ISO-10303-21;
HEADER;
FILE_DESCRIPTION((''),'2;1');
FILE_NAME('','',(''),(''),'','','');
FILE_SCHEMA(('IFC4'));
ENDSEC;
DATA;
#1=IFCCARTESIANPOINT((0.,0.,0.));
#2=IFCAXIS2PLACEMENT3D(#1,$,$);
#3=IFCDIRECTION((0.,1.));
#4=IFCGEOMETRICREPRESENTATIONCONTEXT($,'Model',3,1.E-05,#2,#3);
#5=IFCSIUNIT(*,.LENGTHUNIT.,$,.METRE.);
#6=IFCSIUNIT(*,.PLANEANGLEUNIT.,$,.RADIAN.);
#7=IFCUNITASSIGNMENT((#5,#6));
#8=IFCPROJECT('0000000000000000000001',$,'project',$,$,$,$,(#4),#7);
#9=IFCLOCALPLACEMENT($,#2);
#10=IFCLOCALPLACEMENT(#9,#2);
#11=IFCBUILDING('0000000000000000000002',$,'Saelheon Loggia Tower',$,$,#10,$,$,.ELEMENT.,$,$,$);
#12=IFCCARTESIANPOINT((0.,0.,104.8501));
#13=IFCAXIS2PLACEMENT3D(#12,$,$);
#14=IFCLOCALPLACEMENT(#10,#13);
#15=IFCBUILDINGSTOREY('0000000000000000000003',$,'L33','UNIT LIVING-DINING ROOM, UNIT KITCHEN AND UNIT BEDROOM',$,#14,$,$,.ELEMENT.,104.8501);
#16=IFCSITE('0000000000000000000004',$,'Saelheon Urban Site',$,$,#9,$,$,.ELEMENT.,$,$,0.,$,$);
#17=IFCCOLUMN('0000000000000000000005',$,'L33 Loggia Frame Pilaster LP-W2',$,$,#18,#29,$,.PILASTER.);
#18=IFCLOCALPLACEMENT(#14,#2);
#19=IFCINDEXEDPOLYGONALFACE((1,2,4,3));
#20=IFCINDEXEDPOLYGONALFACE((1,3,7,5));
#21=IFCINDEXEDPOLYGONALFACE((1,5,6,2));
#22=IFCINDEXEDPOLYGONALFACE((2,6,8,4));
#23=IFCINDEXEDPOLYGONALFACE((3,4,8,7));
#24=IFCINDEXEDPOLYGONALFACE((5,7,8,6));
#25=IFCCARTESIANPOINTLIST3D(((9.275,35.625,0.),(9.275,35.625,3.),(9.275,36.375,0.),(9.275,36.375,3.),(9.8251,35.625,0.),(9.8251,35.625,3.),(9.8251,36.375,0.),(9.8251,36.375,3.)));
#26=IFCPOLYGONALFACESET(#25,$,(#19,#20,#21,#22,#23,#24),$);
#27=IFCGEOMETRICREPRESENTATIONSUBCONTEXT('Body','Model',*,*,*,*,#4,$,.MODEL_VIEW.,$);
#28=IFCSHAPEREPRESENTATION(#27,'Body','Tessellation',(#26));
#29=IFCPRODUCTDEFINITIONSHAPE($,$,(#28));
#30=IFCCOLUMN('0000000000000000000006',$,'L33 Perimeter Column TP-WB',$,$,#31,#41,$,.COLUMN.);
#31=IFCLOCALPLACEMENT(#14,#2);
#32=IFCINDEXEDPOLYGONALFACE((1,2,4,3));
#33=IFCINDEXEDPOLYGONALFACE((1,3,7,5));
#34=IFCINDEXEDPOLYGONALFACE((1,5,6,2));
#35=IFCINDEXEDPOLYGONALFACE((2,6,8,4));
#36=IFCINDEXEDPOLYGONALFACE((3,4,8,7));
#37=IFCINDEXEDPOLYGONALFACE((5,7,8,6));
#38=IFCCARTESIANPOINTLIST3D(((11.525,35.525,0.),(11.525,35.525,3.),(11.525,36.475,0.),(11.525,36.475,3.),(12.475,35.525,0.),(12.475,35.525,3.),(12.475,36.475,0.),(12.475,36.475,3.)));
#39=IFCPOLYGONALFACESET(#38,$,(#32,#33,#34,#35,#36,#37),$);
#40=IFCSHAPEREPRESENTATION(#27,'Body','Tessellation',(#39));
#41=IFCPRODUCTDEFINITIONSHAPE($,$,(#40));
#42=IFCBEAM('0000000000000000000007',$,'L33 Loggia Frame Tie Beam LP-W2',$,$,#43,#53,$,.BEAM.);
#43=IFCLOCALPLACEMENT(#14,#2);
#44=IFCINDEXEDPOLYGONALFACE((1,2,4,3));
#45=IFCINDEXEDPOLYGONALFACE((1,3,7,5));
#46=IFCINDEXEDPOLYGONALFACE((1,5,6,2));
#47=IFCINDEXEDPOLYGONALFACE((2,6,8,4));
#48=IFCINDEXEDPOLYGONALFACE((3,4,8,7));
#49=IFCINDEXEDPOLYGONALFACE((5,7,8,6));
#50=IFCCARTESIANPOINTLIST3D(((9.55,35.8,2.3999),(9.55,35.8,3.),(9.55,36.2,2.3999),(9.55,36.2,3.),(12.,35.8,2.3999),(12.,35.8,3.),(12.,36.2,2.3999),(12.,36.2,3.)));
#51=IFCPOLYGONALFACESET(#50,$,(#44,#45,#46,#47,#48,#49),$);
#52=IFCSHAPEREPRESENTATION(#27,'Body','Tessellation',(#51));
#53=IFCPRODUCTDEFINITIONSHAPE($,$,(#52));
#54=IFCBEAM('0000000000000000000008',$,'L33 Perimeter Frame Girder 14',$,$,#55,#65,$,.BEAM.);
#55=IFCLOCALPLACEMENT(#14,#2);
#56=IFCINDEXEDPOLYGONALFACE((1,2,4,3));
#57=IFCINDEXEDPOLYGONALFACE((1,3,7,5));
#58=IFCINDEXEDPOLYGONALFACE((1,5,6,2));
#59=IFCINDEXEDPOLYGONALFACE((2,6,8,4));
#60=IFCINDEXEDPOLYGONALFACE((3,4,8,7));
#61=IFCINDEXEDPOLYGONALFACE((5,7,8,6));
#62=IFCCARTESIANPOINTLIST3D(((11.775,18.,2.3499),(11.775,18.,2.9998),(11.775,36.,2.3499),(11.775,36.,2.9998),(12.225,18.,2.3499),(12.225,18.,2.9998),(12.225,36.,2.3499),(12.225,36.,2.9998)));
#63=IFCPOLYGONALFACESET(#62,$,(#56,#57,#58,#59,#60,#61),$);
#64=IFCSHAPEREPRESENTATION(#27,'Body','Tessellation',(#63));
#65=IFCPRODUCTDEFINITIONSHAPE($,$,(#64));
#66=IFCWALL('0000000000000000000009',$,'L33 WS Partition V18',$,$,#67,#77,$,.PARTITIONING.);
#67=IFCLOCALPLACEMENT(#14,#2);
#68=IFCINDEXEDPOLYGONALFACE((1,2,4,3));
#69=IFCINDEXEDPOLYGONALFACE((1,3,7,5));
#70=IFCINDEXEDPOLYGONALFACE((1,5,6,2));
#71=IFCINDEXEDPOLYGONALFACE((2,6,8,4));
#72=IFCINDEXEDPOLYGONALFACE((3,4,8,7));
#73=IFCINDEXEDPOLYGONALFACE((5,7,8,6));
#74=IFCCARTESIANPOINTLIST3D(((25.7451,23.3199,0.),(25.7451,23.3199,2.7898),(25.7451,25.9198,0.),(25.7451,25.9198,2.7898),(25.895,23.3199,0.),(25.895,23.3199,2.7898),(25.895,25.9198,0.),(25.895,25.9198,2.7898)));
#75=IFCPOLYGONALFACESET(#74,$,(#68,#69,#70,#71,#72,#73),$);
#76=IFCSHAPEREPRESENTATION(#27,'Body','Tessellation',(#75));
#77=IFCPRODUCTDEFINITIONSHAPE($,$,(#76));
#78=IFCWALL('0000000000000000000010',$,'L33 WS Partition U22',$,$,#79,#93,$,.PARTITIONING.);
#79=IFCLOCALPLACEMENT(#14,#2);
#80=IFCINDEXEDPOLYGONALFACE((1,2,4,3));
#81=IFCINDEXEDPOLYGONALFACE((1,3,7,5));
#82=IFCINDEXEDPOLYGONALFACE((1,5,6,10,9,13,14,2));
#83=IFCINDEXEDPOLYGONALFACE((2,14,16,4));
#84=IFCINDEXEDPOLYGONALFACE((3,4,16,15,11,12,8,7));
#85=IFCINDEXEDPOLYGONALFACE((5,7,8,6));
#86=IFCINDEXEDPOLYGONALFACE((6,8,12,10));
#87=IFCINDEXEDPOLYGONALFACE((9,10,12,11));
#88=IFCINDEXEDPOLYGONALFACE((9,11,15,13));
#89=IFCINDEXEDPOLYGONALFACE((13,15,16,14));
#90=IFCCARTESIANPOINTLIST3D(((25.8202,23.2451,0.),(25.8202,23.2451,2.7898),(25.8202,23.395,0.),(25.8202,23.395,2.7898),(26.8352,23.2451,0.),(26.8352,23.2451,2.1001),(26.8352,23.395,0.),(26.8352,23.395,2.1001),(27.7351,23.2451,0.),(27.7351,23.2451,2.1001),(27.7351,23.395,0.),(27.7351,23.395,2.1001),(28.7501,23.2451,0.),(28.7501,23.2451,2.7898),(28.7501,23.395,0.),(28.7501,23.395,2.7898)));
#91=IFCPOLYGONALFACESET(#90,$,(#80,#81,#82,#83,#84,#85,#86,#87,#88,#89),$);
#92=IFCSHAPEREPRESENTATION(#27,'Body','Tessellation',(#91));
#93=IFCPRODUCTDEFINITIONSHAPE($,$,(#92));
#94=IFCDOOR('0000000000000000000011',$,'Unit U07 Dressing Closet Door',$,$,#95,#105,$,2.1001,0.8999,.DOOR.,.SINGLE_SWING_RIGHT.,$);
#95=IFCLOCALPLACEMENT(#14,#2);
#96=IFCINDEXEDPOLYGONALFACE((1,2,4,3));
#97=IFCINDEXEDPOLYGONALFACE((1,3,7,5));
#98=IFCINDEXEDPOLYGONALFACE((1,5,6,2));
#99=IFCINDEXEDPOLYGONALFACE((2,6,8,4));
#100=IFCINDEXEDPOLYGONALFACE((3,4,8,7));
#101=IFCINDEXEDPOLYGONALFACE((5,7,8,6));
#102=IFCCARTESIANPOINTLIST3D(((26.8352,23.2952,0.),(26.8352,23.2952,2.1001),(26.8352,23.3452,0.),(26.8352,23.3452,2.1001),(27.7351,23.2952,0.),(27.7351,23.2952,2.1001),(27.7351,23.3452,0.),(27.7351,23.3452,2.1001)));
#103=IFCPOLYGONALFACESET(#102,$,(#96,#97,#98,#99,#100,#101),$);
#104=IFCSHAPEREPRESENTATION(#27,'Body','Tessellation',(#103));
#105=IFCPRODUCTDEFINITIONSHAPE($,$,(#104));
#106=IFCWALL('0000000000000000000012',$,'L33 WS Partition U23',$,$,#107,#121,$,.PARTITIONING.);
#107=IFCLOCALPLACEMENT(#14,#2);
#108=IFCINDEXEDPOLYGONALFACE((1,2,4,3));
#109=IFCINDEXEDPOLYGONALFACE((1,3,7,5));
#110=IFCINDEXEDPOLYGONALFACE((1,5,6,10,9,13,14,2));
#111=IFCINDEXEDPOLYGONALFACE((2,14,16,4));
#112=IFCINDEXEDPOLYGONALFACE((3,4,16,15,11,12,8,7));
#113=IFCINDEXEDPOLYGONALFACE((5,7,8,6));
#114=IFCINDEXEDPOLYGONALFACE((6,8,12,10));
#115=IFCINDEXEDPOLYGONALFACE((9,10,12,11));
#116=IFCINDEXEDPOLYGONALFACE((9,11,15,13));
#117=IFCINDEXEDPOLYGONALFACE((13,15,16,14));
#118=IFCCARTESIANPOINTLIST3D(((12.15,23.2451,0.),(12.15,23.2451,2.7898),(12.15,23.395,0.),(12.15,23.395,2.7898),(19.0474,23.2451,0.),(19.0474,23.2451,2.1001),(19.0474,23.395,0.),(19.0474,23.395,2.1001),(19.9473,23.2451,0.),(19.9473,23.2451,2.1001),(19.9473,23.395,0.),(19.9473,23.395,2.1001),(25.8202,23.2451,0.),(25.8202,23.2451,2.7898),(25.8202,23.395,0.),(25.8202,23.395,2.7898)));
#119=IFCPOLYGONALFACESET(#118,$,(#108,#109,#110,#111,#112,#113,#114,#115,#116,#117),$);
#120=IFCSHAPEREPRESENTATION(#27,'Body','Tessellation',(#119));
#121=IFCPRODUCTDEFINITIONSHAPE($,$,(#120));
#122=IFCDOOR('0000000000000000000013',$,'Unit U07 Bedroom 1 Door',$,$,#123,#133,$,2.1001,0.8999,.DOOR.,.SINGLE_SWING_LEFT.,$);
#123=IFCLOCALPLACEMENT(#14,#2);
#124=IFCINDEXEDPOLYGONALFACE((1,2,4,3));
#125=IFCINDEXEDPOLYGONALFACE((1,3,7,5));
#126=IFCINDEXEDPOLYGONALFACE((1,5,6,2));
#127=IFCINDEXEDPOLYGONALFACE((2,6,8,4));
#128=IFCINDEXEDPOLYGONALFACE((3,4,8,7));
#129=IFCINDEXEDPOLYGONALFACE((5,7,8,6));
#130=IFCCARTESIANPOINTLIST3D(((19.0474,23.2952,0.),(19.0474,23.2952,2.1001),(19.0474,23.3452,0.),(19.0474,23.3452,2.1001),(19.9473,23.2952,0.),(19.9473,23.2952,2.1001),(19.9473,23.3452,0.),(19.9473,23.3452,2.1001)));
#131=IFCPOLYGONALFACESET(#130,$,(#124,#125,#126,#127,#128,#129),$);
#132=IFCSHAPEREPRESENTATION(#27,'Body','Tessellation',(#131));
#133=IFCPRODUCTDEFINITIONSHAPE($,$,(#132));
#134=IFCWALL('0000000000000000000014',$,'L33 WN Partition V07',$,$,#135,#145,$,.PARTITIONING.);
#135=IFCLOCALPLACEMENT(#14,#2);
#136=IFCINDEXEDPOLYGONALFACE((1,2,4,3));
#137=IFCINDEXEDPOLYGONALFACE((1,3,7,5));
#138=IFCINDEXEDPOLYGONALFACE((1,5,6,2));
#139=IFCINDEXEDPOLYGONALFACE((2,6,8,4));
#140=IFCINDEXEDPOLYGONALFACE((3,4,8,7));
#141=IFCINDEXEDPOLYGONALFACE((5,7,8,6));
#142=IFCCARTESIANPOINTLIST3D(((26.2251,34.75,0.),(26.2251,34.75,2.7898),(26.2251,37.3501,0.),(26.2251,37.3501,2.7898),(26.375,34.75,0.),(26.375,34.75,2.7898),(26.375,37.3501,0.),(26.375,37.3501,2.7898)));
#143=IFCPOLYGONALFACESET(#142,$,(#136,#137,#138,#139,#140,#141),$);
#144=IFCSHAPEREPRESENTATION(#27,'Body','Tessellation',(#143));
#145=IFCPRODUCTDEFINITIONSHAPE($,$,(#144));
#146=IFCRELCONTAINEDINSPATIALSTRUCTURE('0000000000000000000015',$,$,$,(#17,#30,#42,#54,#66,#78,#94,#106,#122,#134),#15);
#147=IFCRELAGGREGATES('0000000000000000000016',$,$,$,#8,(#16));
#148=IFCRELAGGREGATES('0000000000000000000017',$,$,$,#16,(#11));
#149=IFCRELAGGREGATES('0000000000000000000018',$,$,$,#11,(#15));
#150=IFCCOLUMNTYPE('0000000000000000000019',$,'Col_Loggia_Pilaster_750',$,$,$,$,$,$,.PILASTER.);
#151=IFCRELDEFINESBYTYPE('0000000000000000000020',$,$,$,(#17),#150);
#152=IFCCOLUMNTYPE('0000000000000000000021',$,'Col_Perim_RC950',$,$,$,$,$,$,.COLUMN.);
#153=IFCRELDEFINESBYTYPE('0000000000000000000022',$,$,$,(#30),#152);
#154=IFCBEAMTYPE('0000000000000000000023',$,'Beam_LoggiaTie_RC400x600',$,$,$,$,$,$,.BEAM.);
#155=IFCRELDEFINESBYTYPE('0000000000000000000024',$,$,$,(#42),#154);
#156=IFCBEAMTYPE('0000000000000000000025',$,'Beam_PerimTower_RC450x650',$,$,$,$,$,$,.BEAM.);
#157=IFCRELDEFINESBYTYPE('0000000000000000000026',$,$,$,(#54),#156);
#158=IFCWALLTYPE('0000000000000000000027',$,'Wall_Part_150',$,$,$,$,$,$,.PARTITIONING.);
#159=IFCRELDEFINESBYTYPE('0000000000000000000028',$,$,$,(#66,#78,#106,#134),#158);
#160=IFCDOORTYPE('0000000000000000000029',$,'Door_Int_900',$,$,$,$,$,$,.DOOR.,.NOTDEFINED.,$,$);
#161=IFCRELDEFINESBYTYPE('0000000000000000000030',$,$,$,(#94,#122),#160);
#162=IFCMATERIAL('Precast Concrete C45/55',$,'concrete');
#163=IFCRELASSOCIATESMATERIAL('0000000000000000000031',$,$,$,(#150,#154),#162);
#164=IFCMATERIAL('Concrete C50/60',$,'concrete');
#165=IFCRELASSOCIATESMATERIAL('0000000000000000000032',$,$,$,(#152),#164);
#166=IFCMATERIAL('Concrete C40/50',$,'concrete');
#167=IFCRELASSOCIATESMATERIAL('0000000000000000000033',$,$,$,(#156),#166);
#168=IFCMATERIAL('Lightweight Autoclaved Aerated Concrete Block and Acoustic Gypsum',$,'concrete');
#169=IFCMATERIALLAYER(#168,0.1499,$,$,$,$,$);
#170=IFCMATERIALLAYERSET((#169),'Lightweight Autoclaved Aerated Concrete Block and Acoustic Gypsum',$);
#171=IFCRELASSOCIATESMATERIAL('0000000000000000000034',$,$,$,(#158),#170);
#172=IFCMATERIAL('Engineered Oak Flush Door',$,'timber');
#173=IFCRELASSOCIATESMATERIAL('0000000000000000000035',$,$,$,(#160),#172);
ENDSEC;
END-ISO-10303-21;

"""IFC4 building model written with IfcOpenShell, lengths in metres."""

from ifc_helpers import new_model, si_unit, direction, frame, frame_2d, origin, origin_2d, place, context, subcontext, project, spatial, rectangle, extrude, source, transform, mapped, material, layer, layer_set, material_profile, profile_set, type_object, element, fill, save


model = new_model("IFC4")

# Units and contexts
model_context = context("Model", 3, precision=1e-05, world=origin(), true_north=direction((0.0, 1.0)))
body_context = subcontext(model_context, "Body", "Model", "MODEL_VIEW")
ifc_project = project(units=[si_unit("LENGTHUNIT", "METRE"), si_unit("PLANEANGLEUNIT", "RADIAN")], contexts=[model_context])

# Site, building, storey
site_placement = place(None, origin())
site = spatial("IfcSite", under=ifc_project, at=site_placement, Name="Saelheon Urban Site", CompositionType="ELEMENT", RefElevation=0.0)
building_placement = place(site_placement, origin())
building = spatial("IfcBuilding", under=site, at=building_placement, Name="Saelheon Loggia Tower", CompositionType="ELEMENT")
storey_placement = place(building_placement, frame((0.0, 0.0, 104.8501)))
storey = spatial("IfcBuildingStorey", under=building, at=storey_placement, Name="L33", Description="UNIT LIVING-DINING ROOM, UNIT KITCHEN AND UNIT BEDROOM", CompositionType="ELEMENT", Elevation=104.8501)

# Columns
ifc_material_1 = material(Name="Precast Concrete C45/55", Category="concrete")
ifc_material_profile_1 = material_profile(ifc_material_1, rectangle(XDim=0.55, YDim=0.75, at=origin_2d()), Name="RC-550x750")
ifc_profile_set_1 = profile_set([ifc_material_profile_1], Name="Precast Concrete C45/55")
column_type_1 = type_object("IfcColumnType", Name="Col_Loggia_Pilaster_750", PredefinedType="PILASTER", material=ifc_profile_set_1)
shared_shape_1 = source(origin(), body_context, "Body", "SweptSolid", [
    extrude(rectangle(XDim=0.55, YDim=0.75, at=origin_2d()), origin(), (0.0, 0.0, 1.0), 3.0),
])
column_1_placement = place(storey_placement, frame((9.55, 36.0, 0.0), z_axis=(0.0, 0.0, 1.0), x_axis=(1.0, 0.0, 0.0)))
element("IfcColumn", 1, at=column_1_placement, inside=storey, type_object=column_type_1, Name="L33 Loggia Frame Pilaster LP-W2", PredefinedType="PILASTER", context=body_context, shape_type="MappedRepresentation", body=[
    mapped(shared_shape_1, transform((0.0, 0.0, 0.0), scale=1.0)),
])
ifc_material_2 = material(Name="Concrete C50/60", Category="concrete")
ifc_material_profile_2 = material_profile(ifc_material_2, rectangle(XDim=0.95, YDim=0.95, at=origin_2d()), Name="RC-950x950")
ifc_profile_set_2 = profile_set([ifc_material_profile_2], Name="Concrete C50/60")
column_type_2 = type_object("IfcColumnType", Name="Col_Perim_RC950", PredefinedType="COLUMN", material=ifc_profile_set_2)
shared_shape_2 = source(origin(), body_context, "Body", "SweptSolid", [
    extrude(rectangle(XDim=0.95, YDim=0.95, at=origin_2d()), origin(), (0.0, 0.0, 1.0), 3.0),
])
column_2_placement = place(storey_placement, frame((12.0, 36.0, 0.0), z_axis=(0.0, 0.0, 1.0), x_axis=(1.0, 0.0, 0.0)))
element("IfcColumn", 2, at=column_2_placement, inside=storey, type_object=column_type_2, Name="L33 Perimeter Column TP-WB", PredefinedType="COLUMN", context=body_context, shape_type="MappedRepresentation", body=[
    mapped(shared_shape_2, transform((0.0, 0.0, 0.0), scale=1.0)),
])

# Beams
ifc_material_profile_3 = material_profile(ifc_material_1, rectangle(XDim=0.3999, YDim=0.6001, at=origin_2d()), Name="RC-400x600")
ifc_profile_set_3 = profile_set([ifc_material_profile_3], Name="Precast Concrete C45/55")
beam_type_1 = type_object("IfcBeamType", Name="Beam_LoggiaTie_RC400x600", PredefinedType="BEAM", material=ifc_profile_set_3)
shared_shape_3 = source(origin(), body_context, "Body", "SweptSolid", [
    extrude(rectangle(XDim=0.3999, YDim=0.6001, at=origin_2d()), origin(), (0.0, 0.0, 1.0), 2.45),
])
beam_1_placement = place(storey_placement, frame((12.0, 36.0, 2.7), z_axis=(-1.0, 0.0, 0.0), x_axis=(0.0, -1.0, 0.0)))
element("IfcBeam", 3, at=beam_1_placement, inside=storey, type_object=beam_type_1, Name="L33 Loggia Frame Tie Beam LP-W2", PredefinedType="BEAM", context=body_context, shape_type="MappedRepresentation", body=[
    mapped(shared_shape_3, transform((0.0, 0.0, 0.0), scale=1.0)),
])
ifc_material_3 = material(Name="Concrete C40/50", Category="concrete")
ifc_material_profile_4 = material_profile(ifc_material_3, rectangle(XDim=0.45, YDim=0.6499, at=origin_2d()), Name="RC-450x650")
ifc_profile_set_4 = profile_set([ifc_material_profile_4], Name="Concrete C40/50")
beam_type_2 = type_object("IfcBeamType", Name="Beam_PerimTower_RC450x650", PredefinedType="BEAM", material=ifc_profile_set_4)
shared_shape_4 = source(origin(), body_context, "Body", "SweptSolid", [
    extrude(rectangle(XDim=0.45, YDim=0.6499, at=origin_2d()), origin(), (0.0, 0.0, 1.0), 18.0),
])
beam_2_placement = place(storey_placement, frame((12.0, 36.0, 2.6748), z_axis=(0.0, -1.0, 0.0), x_axis=(1.0, 0.0, 0.0)))
element("IfcBeam", 4, at=beam_2_placement, inside=storey, type_object=beam_type_2, Name="L33 Perimeter Frame Girder 14", PredefinedType="BEAM", context=body_context, shape_type="MappedRepresentation", body=[
    mapped(shared_shape_4, transform((0.0, 0.0, 0.0), scale=1.0)),
])

# Wall
ifc_material_4 = material(Name="Lightweight Autoclaved Aerated Concrete Block and Acoustic Gypsum", Category="concrete")
ifc_layer_1 = layer(ifc_material_4, 0.1499)
ifc_layer_set_1 = layer_set([ifc_layer_1], Name="Lightweight Autoclaved Aerated Concrete Block and Acoustic Gypsum")
wall_type_1 = type_object("IfcWallType", Name="Wall_Part_150", PredefinedType="PARTITIONING", material=ifc_layer_set_1)
wall_1_placement = place(storey_placement, frame((25.8201, 23.3201, 0.0), z_axis=(0.0, 0.0, 1.0), x_axis=(0.0, 1.0, 0.0)))
element("IfcWall", 5, at=wall_1_placement, inside=storey, type_object=wall_type_1, Name="L33 WS Partition V18", PredefinedType="PARTITIONING", context=body_context, shape_type="SweptSolid", body=[
    extrude(rectangle(XDim=2.5999, YDim=0.1499, at=frame_2d((1.2998, 0.0))), origin(), (0.0, 0.0, 1.0), 2.7898),
])

# Walls, openings, doors
wall_2_placement = place(storey_placement, frame((28.75, 23.3201, 0.0), z_axis=(0.0, 0.0, 1.0), x_axis=(-1.0, 0.0, 0.0)))
wall_2 = element("IfcWall", 6, at=wall_2_placement, inside=storey, type_object=wall_type_1, Name="L33 WS Partition U22", PredefinedType="PARTITIONING", context=body_context, shape_type="SweptSolid", body=[
    extrude(rectangle(XDim=2.9299, YDim=0.1499, at=frame_2d((1.4648, 0.0))), origin(), (0.0, 0.0, 1.0), 2.7898),
])
opening_1_placement = place(wall_2_placement, frame((1.0149, 0.0, 0.0)))
opening_1 = element("IfcOpeningElement", 7, at=opening_1_placement, cuts=wall_2, PredefinedType="OPENING", context=body_context, shape_type="SweptSolid", body=[
    extrude(rectangle(XDim=0.8999, YDim=2.1001, at=frame_2d((0.45, 1.05))), frame((0.0, 0.0869, 0.0), z_axis=(0.0, -1.0, 0.0), x_axis=(1.0, 0.0, 0.0)), (0.0, 0.0, 1.0), 0.1738),
])
ifc_material_5 = material(Name="Engineered Oak Flush Door", Category="timber")
door_type_1 = type_object("IfcDoorType", Name="Door_Int_900", OperationType="NOTDEFINED", PredefinedType="DOOR", material=ifc_material_5)
shared_shape_5 = source(origin(), body_context, "Body", "SweptSolid", [
    extrude(rectangle(XDim=0.8999, YDim=2.1001, at=frame_2d((0.45, 1.05))), frame((0.0, 0.0249, 0.0), z_axis=(0.0, -1.0, 0.0), x_axis=(1.0, 0.0, 0.0)), (0.0, 0.0, 1.0), 0.05),
])
door_1_placement = place(opening_1_placement, origin())
door_1 = element("IfcDoor", 8, at=door_1_placement, inside=storey, type_object=door_type_1, Name="Unit U07 Dressing Closet Door", OperationType="SINGLE_SWING_RIGHT", OverallHeight=2.1001, OverallWidth=0.8999, PredefinedType="DOOR", context=body_context, shape_type="MappedRepresentation", body=[
    mapped(shared_shape_5, transform((0.0, 0.0, 0.0), scale=1.0)),
])
fill(opening_1, door_1)
wall_3_placement = place(storey_placement, frame((25.8201, 23.3201, 0.0), z_axis=(0.0, 0.0, 1.0), x_axis=(-1.0, 0.0, 0.0)))
wall_3 = element("IfcWall", 9, at=wall_3_placement, inside=storey, type_object=wall_type_1, Name="L33 WS Partition U23", PredefinedType="PARTITIONING", context=body_context, shape_type="SweptSolid", body=[
    extrude(rectangle(XDim=13.6702, YDim=0.1499, at=frame_2d((6.835, 0.0))), origin(), (0.0, 0.0, 1.0), 2.7898),
])
opening_2_placement = place(wall_3_placement, frame((5.8728, 0.0, 0.0)))
opening_2 = element("IfcOpeningElement", 10, at=opening_2_placement, cuts=wall_3, PredefinedType="OPENING", context=body_context, shape_type="SweptSolid", body=[
    extrude(rectangle(XDim=0.8999, YDim=2.1001, at=frame_2d((0.45, 1.05))), frame((0.0, 0.0869, 0.0), z_axis=(0.0, -1.0, 0.0), x_axis=(1.0, 0.0, 0.0)), (0.0, 0.0, 1.0), 0.1738),
])
door_2_placement = place(opening_2_placement, origin())
door_2 = element("IfcDoor", 11, at=door_2_placement, inside=storey, type_object=door_type_1, Name="Unit U07 Bedroom 1 Door", OperationType="SINGLE_SWING_LEFT", OverallHeight=2.1001, OverallWidth=0.8999, PredefinedType="DOOR", context=body_context, shape_type="MappedRepresentation", body=[
    mapped(shared_shape_5, transform((0.0, 0.0, 0.0), scale=1.0)),
])
fill(opening_2, door_2)

# Wall
wall_4_placement = place(storey_placement, frame((26.3, 34.75, 0.0), z_axis=(0.0, 0.0, 1.0), x_axis=(0.0, 1.0, 0.0)))
element("IfcWall", 12, at=wall_4_placement, inside=storey, type_object=wall_type_1, Name="L33 WN Partition V07", PredefinedType="PARTITIONING", context=body_context, shape_type="SweptSolid", body=[
    extrude(rectangle(XDim=2.6001, YDim=0.1499, at=frame_2d((1.3, 0.0))), origin(), (0.0, 0.0, 1.0), 2.7898),
])

save(model, "model.ifc")
